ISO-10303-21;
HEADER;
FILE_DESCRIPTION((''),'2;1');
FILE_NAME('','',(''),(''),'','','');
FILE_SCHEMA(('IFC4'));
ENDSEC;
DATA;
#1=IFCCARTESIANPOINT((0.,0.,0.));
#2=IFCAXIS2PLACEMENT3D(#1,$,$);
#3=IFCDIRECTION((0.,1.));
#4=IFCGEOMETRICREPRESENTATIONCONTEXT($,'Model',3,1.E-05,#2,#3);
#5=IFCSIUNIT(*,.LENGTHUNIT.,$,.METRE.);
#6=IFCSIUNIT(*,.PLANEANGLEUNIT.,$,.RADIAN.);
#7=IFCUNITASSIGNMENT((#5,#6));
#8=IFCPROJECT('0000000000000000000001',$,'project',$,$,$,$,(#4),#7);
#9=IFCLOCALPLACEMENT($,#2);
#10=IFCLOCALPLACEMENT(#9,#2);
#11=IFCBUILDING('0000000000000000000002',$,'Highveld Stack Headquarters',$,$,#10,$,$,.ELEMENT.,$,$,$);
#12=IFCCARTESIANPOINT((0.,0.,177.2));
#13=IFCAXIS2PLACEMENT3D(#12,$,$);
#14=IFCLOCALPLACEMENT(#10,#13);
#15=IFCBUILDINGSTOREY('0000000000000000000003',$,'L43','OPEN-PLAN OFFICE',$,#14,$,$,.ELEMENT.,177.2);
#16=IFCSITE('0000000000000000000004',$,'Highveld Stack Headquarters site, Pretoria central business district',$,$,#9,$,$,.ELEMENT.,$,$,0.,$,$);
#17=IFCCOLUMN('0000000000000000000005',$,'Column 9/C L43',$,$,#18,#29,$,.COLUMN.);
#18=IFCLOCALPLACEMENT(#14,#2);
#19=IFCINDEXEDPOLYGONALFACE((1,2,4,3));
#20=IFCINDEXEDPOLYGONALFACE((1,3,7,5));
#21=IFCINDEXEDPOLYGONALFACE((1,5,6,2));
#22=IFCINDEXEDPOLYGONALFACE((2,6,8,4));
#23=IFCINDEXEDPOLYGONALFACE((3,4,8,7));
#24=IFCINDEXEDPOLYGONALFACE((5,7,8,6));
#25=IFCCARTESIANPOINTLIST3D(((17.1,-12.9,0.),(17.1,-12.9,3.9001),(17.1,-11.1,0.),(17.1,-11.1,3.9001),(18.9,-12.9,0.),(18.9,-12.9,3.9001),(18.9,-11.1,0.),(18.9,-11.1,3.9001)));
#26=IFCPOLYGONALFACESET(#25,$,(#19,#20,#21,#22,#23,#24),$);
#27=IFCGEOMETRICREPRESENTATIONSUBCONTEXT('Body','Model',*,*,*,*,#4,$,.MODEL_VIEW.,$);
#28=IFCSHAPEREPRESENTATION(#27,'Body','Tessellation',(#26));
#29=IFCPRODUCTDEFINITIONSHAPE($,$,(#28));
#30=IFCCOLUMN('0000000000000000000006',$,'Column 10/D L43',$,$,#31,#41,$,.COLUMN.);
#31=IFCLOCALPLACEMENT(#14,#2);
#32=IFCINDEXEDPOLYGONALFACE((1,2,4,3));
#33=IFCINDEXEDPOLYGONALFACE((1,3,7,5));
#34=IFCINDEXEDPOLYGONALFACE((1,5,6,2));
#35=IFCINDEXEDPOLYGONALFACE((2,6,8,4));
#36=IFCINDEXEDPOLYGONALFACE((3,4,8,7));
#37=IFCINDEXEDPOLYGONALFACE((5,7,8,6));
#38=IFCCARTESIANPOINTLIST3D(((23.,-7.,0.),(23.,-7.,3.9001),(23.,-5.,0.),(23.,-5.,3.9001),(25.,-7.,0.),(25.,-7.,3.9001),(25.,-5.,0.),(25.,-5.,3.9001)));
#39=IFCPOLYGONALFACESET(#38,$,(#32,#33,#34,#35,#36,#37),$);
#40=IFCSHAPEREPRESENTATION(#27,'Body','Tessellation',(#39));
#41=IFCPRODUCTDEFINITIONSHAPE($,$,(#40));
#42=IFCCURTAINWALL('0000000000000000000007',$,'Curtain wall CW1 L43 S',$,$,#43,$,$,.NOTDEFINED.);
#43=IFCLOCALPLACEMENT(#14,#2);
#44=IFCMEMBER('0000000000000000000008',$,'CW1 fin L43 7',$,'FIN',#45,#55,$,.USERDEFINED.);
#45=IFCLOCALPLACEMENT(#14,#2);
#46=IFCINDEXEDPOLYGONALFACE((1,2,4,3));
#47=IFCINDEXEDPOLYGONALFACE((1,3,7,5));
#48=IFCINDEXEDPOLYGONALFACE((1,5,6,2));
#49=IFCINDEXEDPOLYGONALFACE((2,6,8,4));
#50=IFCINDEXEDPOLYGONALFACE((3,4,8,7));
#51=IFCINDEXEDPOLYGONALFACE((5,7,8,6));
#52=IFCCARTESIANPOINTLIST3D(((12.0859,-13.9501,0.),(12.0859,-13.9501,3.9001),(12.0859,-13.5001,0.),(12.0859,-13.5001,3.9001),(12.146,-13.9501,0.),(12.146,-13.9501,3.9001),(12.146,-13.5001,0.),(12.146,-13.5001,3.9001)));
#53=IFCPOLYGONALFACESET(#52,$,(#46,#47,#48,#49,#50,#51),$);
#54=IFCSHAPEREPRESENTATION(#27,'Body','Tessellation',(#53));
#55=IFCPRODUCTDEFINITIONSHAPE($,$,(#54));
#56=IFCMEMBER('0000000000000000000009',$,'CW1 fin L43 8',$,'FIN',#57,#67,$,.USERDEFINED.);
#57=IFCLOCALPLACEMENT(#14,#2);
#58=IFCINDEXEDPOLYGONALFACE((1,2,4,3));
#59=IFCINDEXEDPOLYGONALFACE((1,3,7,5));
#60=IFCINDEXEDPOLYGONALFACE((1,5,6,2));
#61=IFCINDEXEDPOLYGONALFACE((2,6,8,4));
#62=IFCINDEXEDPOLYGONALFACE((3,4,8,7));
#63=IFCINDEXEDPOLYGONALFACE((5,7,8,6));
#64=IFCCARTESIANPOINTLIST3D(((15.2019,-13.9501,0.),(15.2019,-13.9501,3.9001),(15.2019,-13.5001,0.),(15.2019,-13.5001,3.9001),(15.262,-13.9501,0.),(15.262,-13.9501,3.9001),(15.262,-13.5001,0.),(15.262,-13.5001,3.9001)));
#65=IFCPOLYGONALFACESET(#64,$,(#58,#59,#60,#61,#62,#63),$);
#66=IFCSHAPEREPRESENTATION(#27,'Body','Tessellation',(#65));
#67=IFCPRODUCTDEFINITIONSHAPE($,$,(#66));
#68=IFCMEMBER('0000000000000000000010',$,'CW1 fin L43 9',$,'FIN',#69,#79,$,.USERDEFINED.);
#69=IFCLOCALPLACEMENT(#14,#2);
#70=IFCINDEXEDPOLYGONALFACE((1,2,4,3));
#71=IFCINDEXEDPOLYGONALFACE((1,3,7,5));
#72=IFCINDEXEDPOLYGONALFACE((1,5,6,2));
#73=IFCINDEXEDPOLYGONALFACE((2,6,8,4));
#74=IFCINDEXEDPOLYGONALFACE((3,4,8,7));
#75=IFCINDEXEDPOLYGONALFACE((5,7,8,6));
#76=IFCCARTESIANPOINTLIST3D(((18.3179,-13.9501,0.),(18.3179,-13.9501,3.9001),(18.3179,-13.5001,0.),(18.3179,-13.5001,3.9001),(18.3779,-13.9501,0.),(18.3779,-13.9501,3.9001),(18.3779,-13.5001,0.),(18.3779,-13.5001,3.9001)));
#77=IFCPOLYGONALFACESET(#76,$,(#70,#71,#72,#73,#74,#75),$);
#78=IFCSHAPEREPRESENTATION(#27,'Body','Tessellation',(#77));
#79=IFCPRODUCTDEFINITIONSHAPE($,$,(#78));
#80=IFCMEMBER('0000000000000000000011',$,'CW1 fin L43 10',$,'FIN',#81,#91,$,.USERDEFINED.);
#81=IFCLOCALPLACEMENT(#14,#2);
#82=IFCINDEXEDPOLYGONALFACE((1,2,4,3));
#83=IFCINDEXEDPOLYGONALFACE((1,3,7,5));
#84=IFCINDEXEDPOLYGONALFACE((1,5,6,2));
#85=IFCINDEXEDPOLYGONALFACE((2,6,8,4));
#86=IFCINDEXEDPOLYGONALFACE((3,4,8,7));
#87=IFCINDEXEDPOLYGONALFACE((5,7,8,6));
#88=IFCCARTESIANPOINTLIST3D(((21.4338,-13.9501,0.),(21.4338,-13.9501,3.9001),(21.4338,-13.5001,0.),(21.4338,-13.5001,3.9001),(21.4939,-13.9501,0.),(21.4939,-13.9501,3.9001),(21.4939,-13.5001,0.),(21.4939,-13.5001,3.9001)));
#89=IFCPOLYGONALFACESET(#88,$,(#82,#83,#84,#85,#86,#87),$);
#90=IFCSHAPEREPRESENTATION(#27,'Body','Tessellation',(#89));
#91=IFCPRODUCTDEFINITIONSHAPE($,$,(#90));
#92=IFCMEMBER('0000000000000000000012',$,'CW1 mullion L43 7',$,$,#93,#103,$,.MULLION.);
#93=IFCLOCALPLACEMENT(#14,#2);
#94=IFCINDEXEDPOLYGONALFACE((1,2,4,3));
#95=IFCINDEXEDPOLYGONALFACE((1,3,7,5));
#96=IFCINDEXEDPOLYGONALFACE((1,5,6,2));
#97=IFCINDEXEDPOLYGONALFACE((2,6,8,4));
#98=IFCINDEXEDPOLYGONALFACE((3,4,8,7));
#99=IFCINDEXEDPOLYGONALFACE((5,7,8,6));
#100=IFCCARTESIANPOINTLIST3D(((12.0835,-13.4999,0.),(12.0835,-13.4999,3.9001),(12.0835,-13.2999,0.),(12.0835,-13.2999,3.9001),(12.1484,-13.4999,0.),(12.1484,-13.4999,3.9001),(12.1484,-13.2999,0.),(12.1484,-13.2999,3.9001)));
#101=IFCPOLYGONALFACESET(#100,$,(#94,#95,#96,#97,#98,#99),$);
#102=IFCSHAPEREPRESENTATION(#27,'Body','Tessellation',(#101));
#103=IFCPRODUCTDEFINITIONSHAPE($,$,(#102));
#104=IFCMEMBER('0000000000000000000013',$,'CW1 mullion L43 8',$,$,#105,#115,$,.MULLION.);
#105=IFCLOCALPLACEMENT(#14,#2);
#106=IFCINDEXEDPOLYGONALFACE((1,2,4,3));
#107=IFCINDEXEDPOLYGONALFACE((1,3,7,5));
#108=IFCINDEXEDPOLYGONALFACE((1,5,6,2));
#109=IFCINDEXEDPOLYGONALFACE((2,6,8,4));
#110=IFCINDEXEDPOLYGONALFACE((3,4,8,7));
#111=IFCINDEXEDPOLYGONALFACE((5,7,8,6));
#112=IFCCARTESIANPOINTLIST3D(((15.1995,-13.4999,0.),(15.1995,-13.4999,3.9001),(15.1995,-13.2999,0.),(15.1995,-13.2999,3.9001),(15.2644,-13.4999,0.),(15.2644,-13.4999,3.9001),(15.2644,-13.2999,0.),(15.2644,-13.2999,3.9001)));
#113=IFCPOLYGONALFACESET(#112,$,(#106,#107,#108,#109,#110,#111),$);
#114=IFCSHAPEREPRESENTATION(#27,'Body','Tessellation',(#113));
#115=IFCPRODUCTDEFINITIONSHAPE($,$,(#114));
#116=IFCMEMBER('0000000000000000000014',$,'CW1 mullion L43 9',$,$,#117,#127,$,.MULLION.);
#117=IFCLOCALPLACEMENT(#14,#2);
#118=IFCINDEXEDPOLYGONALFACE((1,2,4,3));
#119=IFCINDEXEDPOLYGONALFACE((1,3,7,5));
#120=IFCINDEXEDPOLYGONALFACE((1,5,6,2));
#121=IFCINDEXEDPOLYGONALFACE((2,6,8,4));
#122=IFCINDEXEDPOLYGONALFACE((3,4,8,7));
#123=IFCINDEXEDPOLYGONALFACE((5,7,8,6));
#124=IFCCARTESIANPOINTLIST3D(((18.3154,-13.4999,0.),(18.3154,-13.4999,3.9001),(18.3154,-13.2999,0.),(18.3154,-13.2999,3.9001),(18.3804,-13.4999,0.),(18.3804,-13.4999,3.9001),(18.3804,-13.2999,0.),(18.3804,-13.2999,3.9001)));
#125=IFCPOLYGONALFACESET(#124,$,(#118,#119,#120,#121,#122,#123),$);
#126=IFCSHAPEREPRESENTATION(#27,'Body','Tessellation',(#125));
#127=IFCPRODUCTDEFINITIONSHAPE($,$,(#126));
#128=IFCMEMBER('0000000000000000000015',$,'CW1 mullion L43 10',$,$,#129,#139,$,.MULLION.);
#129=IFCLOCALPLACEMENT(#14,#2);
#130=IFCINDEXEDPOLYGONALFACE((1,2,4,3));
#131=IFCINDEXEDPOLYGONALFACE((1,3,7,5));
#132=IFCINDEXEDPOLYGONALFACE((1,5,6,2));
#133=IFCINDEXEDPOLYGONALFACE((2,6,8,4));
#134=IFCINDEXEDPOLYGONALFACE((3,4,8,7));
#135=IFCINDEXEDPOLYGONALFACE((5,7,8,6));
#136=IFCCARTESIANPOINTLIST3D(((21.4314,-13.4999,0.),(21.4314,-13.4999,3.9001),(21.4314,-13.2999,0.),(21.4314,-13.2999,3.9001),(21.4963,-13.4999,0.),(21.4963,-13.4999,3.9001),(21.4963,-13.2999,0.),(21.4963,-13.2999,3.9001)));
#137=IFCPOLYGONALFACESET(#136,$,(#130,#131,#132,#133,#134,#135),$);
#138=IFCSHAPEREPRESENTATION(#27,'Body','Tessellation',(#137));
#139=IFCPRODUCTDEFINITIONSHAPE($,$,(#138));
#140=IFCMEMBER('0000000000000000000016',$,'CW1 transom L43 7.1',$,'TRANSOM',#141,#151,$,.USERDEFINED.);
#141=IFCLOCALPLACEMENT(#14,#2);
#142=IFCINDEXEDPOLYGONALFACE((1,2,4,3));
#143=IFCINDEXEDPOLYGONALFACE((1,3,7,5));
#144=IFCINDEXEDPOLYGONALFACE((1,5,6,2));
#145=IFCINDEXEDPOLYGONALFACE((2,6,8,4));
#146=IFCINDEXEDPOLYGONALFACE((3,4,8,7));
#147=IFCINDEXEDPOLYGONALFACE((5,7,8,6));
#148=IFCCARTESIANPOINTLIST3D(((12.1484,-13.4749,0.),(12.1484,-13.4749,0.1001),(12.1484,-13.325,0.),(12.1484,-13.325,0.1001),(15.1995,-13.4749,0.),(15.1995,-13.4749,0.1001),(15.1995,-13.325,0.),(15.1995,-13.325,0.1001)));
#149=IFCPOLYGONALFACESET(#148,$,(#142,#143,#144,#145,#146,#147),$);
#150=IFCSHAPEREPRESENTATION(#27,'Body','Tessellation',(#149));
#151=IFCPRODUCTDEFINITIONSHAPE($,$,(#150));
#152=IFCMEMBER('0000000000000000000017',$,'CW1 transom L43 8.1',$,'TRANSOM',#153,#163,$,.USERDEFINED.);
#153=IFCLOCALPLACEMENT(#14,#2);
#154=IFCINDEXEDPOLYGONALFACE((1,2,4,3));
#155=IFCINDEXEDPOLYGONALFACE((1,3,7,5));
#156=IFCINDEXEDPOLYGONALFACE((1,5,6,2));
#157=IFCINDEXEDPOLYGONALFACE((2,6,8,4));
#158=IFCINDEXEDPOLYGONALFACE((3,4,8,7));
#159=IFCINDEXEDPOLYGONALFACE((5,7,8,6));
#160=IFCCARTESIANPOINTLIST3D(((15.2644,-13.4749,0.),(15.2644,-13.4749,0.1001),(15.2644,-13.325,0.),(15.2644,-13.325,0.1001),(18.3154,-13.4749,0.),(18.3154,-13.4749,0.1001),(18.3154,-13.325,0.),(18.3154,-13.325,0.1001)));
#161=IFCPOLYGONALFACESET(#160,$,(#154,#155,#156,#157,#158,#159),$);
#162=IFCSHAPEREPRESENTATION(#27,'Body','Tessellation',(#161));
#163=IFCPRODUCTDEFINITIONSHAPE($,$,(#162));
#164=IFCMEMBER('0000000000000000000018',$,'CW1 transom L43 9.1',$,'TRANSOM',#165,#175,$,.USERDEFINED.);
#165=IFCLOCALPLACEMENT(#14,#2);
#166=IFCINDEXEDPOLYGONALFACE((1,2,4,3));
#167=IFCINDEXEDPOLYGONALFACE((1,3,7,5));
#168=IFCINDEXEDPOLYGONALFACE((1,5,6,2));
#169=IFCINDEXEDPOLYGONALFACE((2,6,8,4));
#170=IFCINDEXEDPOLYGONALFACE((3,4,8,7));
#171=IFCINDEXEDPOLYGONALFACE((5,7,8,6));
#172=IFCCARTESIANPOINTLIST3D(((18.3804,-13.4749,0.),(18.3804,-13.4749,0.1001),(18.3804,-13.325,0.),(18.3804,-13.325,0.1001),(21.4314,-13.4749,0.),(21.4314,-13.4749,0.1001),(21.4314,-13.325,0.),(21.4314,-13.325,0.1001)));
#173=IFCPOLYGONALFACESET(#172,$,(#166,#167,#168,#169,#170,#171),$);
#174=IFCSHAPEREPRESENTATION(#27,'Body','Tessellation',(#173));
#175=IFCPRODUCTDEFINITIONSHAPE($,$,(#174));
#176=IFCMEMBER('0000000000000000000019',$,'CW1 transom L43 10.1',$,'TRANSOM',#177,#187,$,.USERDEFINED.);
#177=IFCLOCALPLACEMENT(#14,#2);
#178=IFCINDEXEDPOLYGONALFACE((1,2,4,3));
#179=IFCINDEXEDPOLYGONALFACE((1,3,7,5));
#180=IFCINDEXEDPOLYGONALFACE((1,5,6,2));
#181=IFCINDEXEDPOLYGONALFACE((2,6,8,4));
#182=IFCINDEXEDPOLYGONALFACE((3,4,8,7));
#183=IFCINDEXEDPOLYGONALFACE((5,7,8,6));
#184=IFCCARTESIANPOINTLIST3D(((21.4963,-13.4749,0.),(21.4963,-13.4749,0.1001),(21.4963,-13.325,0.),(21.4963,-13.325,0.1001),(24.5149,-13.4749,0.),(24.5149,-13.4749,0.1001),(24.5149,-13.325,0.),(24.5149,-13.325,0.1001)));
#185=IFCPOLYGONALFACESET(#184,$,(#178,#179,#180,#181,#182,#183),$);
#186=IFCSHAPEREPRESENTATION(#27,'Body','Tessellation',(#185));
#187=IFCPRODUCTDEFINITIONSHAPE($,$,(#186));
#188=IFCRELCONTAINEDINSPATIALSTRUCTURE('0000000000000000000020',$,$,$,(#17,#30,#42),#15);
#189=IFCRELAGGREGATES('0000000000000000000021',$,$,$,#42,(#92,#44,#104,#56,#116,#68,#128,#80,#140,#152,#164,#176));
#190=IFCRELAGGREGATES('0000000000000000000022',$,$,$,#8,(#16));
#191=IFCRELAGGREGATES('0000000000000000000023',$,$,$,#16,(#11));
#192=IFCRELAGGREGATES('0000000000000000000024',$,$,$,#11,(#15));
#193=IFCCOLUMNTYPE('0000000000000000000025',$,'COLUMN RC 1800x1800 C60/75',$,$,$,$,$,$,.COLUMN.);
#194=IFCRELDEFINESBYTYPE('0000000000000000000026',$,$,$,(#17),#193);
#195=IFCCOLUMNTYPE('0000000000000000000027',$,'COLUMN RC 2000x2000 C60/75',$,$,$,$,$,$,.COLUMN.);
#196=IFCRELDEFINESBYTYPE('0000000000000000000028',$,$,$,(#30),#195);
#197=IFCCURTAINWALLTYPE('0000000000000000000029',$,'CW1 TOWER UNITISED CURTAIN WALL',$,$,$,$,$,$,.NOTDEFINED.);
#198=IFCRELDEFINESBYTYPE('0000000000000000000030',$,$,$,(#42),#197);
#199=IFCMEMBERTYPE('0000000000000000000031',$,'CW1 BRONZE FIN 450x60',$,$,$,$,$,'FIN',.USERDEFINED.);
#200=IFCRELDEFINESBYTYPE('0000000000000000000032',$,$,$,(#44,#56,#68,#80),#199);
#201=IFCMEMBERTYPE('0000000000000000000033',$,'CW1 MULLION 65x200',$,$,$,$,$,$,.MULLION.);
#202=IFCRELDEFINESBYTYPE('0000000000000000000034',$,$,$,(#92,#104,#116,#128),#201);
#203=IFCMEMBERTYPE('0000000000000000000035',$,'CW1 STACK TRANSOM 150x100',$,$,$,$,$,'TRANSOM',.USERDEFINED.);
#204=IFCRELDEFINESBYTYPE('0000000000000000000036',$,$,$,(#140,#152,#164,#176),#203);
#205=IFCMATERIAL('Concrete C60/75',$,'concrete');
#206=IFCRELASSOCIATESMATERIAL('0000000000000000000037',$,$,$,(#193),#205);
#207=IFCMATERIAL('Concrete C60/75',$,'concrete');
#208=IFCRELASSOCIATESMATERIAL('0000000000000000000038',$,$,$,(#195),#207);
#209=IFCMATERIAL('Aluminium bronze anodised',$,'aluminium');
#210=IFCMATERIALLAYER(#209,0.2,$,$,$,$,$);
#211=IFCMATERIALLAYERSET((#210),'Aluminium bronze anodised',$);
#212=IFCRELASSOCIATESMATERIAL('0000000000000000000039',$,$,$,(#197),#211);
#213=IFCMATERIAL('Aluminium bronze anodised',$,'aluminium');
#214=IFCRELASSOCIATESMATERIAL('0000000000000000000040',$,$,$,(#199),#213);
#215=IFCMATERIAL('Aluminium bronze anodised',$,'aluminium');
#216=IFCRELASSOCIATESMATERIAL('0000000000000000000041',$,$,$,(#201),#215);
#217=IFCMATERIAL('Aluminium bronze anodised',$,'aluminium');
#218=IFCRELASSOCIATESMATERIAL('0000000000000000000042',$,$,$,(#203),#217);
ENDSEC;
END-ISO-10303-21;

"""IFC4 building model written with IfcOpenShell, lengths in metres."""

from ifc_helpers import new_model, si_unit, direction, frame, origin, origin_2d, place, context, subcontext, project, spatial, rectangle, extrude, material, layer, layer_set, material_profile, profile_set, type_object, element, aggregate, save


model = new_model("IFC4")

# Units and contexts
model_context = context("Model", 3, precision=1e-05, world=origin(), true_north=direction((0.0, 1.0)))
body_context = subcontext(model_context, "Body", "Model", "MODEL_VIEW")
ifc_project = project(units=[si_unit("LENGTHUNIT", "METRE"), si_unit("PLANEANGLEUNIT", "RADIAN")], contexts=[model_context])

# Site, building, storey
site_placement = place(None, origin())
site = spatial("IfcSite", under=ifc_project, at=site_placement, Name="Highveld Stack Headquarters site, Pretoria central business district", CompositionType="ELEMENT", RefElevation=0.0)
building_placement = place(site_placement, origin())
building = spatial("IfcBuilding", under=site, at=building_placement, Name="Highveld Stack Headquarters", CompositionType="ELEMENT")
storey_placement = place(building_placement, frame((0.0, 0.0, 177.2)))
storey = spatial("IfcBuildingStorey", under=building, at=storey_placement, Name="L43", Description="OPEN-PLAN OFFICE", CompositionType="ELEMENT", Elevation=177.2)

# Columns
ifc_material_1 = material(Name="Concrete C60/75", Category="concrete")
ifc_material_profile_1 = material_profile(ifc_material_1, rectangle(XDim=1.8, YDim=1.8, at=origin_2d()), Name="RC 1800x1800")
ifc_profile_set_1 = profile_set([ifc_material_profile_1], Name="Concrete C60/75")
column_type_1 = type_object("IfcColumnType", Name="COLUMN RC 1800x1800 C60/75", PredefinedType="COLUMN", material=ifc_profile_set_1)
column_1_placement = place(storey_placement, frame((18.0, -12.0, 0.0), z_axis=(0.0, 0.0, 1.0), x_axis=(1.0, 0.0, 0.0)))
element("IfcColumn", 1, at=column_1_placement, inside=storey, type_object=column_type_1, Name="Column 9/C L43", PredefinedType="COLUMN", context=body_context, shape_type="SweptSolid", body=[
    extrude(rectangle(XDim=1.8, YDim=1.8, at=origin_2d()), origin(), (0.0, 0.0, 1.0), 3.9001),
])
ifc_material_2 = material(Name="Concrete C60/75", Category="concrete")
ifc_material_profile_2 = material_profile(ifc_material_2, rectangle(XDim=2.0, YDim=2.0, at=origin_2d()), Name="RC 2000x2000")
ifc_profile_set_2 = profile_set([ifc_material_profile_2], Name="Concrete C60/75")
column_type_2 = type_object("IfcColumnType", Name="COLUMN RC 2000x2000 C60/75", PredefinedType="COLUMN", material=ifc_profile_set_2)
column_2_placement = place(storey_placement, frame((24.0, -6.0, 0.0), z_axis=(0.0, 0.0, 1.0), x_axis=(1.0, 0.0, 0.0)))
element("IfcColumn", 2, at=column_2_placement, inside=storey, type_object=column_type_2, Name="Column 10/D L43", PredefinedType="COLUMN", context=body_context, shape_type="SweptSolid", body=[
    extrude(rectangle(XDim=2.0, YDim=2.0, at=origin_2d()), origin(), (0.0, 0.0, 1.0), 3.9001),
])

# Curtain wall, members
ifc_material_3 = material(Name="Aluminium bronze anodised", Category="aluminium")
ifc_layer_1 = layer(ifc_material_3, 0.2)
ifc_layer_set_1 = layer_set([ifc_layer_1], Name="Aluminium bronze anodised")
curtain_wall_type = type_object("IfcCurtainWallType", Name="CW1 TOWER UNITISED CURTAIN WALL", PredefinedType="NOTDEFINED", material=ifc_layer_set_1)
curtain_wall_placement = place(storey_placement, origin())
curtain_wall = element("IfcCurtainWall", 3, at=curtain_wall_placement, inside=storey, type_object=curtain_wall_type, Name="Curtain wall CW1 L43 S", PredefinedType="NOTDEFINED")
ifc_material_4 = material(Name="Aluminium bronze anodised", Category="aluminium")
ifc_material_profile_3 = material_profile(ifc_material_4, rectangle(XDim=0.45, YDim=0.0601, at=origin_2d()), Name="FIN 450x60")
ifc_profile_set_3 = profile_set([ifc_material_profile_3], Name="Aluminium bronze anodised")
member_type_1 = type_object("IfcMemberType", Name="CW1 BRONZE FIN 450x60", ElementType="FIN", PredefinedType="USERDEFINED", material=ifc_profile_set_3)
member_1_placement = place(storey_placement, frame((12.116, -13.7251, 0.0), z_axis=(0.0, 0.0, 1.0), x_axis=(0.0, 1.0, 0.0)))
member_1 = element("IfcMember", 4, at=member_1_placement, type_object=member_type_1, Name="CW1 fin L43 7", ObjectType="FIN", PredefinedType="USERDEFINED", context=body_context, shape_type="SweptSolid", body=[
    extrude(rectangle(XDim=0.45, YDim=0.0601, at=origin_2d()), origin(), (0.0, 0.0, 1.0), 3.9001),
])
member_2_placement = place(storey_placement, frame((15.2319, -13.7251, 0.0), z_axis=(0.0, 0.0, 1.0), x_axis=(0.0, 1.0, 0.0)))
member_2 = element("IfcMember", 5, at=member_2_placement, type_object=member_type_1, Name="CW1 fin L43 8", ObjectType="FIN", PredefinedType="USERDEFINED", context=body_context, shape_type="SweptSolid", body=[
    extrude(rectangle(XDim=0.45, YDim=0.0601, at=origin_2d()), origin(), (0.0, 0.0, 1.0), 3.9001),
])
member_3_placement = place(storey_placement, frame((18.3479, -13.7251, 0.0), z_axis=(0.0, 0.0, 1.0), x_axis=(0.0, 1.0, 0.0)))
member_3 = element("IfcMember", 6, at=member_3_placement, type_object=member_type_1, Name="CW1 fin L43 9", ObjectType="FIN", PredefinedType="USERDEFINED", context=body_context, shape_type="SweptSolid", body=[
    extrude(rectangle(XDim=0.45, YDim=0.0601, at=origin_2d()), origin(), (0.0, 0.0, 1.0), 3.9001),
])
member_4_placement = place(storey_placement, frame((21.4639, -13.7251, 0.0), z_axis=(0.0, 0.0, 1.0), x_axis=(0.0, 1.0, 0.0)))
member_4 = element("IfcMember", 7, at=member_4_placement, type_object=member_type_1, Name="CW1 fin L43 10", ObjectType="FIN", PredefinedType="USERDEFINED", context=body_context, shape_type="SweptSolid", body=[
    extrude(rectangle(XDim=0.45, YDim=0.0601, at=origin_2d()), origin(), (0.0, 0.0, 1.0), 3.9001),
])
ifc_material_5 = material(Name="Aluminium bronze anodised", Category="aluminium")
ifc_material_profile_4 = material_profile(ifc_material_5, rectangle(XDim=0.2, YDim=0.0649, at=origin_2d()), Name="CW1 MULLION 65x200")
ifc_profile_set_4 = profile_set([ifc_material_profile_4], Name="Aluminium bronze anodised")
member_type_2 = type_object("IfcMemberType", Name="CW1 MULLION 65x200", PredefinedType="MULLION", material=ifc_profile_set_4)
member_5_placement = place(storey_placement, frame((12.116, -13.3999, 0.0), z_axis=(0.0, 0.0, 1.0), x_axis=(0.0, 1.0, 0.0)))
member_5 = element("IfcMember", 8, at=member_5_placement, type_object=member_type_2, Name="CW1 mullion L43 7", PredefinedType="MULLION", context=body_context, shape_type="SweptSolid", body=[
    extrude(rectangle(XDim=0.2, YDim=0.0649, at=origin_2d()), origin(), (0.0, 0.0, 1.0), 3.9001),
])
member_6_placement = place(storey_placement, frame((15.2319, -13.3999, 0.0), z_axis=(0.0, 0.0, 1.0), x_axis=(0.0, 1.0, 0.0)))
member_6 = element("IfcMember", 9, at=member_6_placement, type_object=member_type_2, Name="CW1 mullion L43 8", PredefinedType="MULLION", context=body_context, shape_type="SweptSolid", body=[
    extrude(rectangle(XDim=0.2, YDim=0.0649, at=origin_2d()), origin(), (0.0, 0.0, 1.0), 3.9001),
])
member_7_placement = place(storey_placement, frame((18.3479, -13.3999, 0.0), z_axis=(0.0, 0.0, 1.0), x_axis=(0.0, 1.0, 0.0)))
member_7 = element("IfcMember", 10, at=member_7_placement, type_object=member_type_2, Name="CW1 mullion L43 9", PredefinedType="MULLION", context=body_context, shape_type="SweptSolid", body=[
    extrude(rectangle(XDim=0.2, YDim=0.0649, at=origin_2d()), origin(), (0.0, 0.0, 1.0), 3.9001),
])
member_8_placement = place(storey_placement, frame((21.4639, -13.3999, 0.0), z_axis=(0.0, 0.0, 1.0), x_axis=(0.0, 1.0, 0.0)))
member_8 = element("IfcMember", 11, at=member_8_placement, type_object=member_type_2, Name="CW1 mullion L43 10", PredefinedType="MULLION", context=body_context, shape_type="SweptSolid", body=[
    extrude(rectangle(XDim=0.2, YDim=0.0649, at=origin_2d()), origin(), (0.0, 0.0, 1.0), 3.9001),
])
ifc_material_6 = material(Name="Aluminium bronze anodised", Category="aluminium")
ifc_material_profile_5 = material_profile(ifc_material_6, rectangle(XDim=0.1499, YDim=0.1001, at=origin_2d()), Name="CW1 TRANSOM 150x100")
ifc_profile_set_5 = profile_set([ifc_material_profile_5], Name="Aluminium bronze anodised")
member_type_3 = type_object("IfcMemberType", Name="CW1 STACK TRANSOM 150x100", ElementType="TRANSOM", PredefinedType="USERDEFINED", material=ifc_profile_set_5)
member_9_placement = place(storey_placement, frame((12.1484, -13.3999, 0.05), z_axis=(1.0, 0.0, 0.0), x_axis=(0.0, 1.0, 0.0)))
member_9 = element("IfcMember", 12, at=member_9_placement, type_object=member_type_3, Name="CW1 transom L43 7.1", ObjectType="TRANSOM", PredefinedType="USERDEFINED", context=body_context, shape_type="SweptSolid", body=[
    extrude(rectangle(XDim=0.1499, YDim=0.1001, at=origin_2d()), origin(), (0.0, 0.0, 1.0), 3.051),
])
member_10_placement = place(storey_placement, frame((15.2644, -13.3999, 0.05), z_axis=(1.0, 0.0, 0.0), x_axis=(0.0, 1.0, 0.0)))
member_10 = element("IfcMember", 13, at=member_10_placement, type_object=member_type_3, Name="CW1 transom L43 8.1", ObjectType="TRANSOM", PredefinedType="USERDEFINED", context=body_context, shape_type="SweptSolid", body=[
    extrude(rectangle(XDim=0.1499, YDim=0.1001, at=origin_2d()), origin(), (0.0, 0.0, 1.0), 3.051),
])
member_11_placement = place(storey_placement, frame((18.3804, -13.3999, 0.05), z_axis=(1.0, 0.0, 0.0), x_axis=(0.0, 1.0, 0.0)))
member_11 = element("IfcMember", 14, at=member_11_placement, type_object=member_type_3, Name="CW1 transom L43 9.1", ObjectType="TRANSOM", PredefinedType="USERDEFINED", context=body_context, shape_type="SweptSolid", body=[
    extrude(rectangle(XDim=0.1499, YDim=0.1001, at=origin_2d()), origin(), (0.0, 0.0, 1.0), 3.051),
])
member_12_placement = place(storey_placement, frame((21.4963, -13.3999, 0.05), z_axis=(1.0, 0.0, 0.0), x_axis=(0.0, 1.0, 0.0)))
member_12 = element("IfcMember", 15, at=member_12_placement, type_object=member_type_3, Name="CW1 transom L43 10.1", ObjectType="TRANSOM", PredefinedType="USERDEFINED", context=body_context, shape_type="SweptSolid", body=[
    extrude(rectangle(XDim=0.1499, YDim=0.1001, at=origin_2d()), origin(), (0.0, 0.0, 1.0), 3.0186),
])
aggregate(curtain_wall, [member_5, member_1, member_6, member_2, member_7, member_3, member_8, member_4, member_9, member_10, member_11, member_12])

save(model, "model.ifc")
